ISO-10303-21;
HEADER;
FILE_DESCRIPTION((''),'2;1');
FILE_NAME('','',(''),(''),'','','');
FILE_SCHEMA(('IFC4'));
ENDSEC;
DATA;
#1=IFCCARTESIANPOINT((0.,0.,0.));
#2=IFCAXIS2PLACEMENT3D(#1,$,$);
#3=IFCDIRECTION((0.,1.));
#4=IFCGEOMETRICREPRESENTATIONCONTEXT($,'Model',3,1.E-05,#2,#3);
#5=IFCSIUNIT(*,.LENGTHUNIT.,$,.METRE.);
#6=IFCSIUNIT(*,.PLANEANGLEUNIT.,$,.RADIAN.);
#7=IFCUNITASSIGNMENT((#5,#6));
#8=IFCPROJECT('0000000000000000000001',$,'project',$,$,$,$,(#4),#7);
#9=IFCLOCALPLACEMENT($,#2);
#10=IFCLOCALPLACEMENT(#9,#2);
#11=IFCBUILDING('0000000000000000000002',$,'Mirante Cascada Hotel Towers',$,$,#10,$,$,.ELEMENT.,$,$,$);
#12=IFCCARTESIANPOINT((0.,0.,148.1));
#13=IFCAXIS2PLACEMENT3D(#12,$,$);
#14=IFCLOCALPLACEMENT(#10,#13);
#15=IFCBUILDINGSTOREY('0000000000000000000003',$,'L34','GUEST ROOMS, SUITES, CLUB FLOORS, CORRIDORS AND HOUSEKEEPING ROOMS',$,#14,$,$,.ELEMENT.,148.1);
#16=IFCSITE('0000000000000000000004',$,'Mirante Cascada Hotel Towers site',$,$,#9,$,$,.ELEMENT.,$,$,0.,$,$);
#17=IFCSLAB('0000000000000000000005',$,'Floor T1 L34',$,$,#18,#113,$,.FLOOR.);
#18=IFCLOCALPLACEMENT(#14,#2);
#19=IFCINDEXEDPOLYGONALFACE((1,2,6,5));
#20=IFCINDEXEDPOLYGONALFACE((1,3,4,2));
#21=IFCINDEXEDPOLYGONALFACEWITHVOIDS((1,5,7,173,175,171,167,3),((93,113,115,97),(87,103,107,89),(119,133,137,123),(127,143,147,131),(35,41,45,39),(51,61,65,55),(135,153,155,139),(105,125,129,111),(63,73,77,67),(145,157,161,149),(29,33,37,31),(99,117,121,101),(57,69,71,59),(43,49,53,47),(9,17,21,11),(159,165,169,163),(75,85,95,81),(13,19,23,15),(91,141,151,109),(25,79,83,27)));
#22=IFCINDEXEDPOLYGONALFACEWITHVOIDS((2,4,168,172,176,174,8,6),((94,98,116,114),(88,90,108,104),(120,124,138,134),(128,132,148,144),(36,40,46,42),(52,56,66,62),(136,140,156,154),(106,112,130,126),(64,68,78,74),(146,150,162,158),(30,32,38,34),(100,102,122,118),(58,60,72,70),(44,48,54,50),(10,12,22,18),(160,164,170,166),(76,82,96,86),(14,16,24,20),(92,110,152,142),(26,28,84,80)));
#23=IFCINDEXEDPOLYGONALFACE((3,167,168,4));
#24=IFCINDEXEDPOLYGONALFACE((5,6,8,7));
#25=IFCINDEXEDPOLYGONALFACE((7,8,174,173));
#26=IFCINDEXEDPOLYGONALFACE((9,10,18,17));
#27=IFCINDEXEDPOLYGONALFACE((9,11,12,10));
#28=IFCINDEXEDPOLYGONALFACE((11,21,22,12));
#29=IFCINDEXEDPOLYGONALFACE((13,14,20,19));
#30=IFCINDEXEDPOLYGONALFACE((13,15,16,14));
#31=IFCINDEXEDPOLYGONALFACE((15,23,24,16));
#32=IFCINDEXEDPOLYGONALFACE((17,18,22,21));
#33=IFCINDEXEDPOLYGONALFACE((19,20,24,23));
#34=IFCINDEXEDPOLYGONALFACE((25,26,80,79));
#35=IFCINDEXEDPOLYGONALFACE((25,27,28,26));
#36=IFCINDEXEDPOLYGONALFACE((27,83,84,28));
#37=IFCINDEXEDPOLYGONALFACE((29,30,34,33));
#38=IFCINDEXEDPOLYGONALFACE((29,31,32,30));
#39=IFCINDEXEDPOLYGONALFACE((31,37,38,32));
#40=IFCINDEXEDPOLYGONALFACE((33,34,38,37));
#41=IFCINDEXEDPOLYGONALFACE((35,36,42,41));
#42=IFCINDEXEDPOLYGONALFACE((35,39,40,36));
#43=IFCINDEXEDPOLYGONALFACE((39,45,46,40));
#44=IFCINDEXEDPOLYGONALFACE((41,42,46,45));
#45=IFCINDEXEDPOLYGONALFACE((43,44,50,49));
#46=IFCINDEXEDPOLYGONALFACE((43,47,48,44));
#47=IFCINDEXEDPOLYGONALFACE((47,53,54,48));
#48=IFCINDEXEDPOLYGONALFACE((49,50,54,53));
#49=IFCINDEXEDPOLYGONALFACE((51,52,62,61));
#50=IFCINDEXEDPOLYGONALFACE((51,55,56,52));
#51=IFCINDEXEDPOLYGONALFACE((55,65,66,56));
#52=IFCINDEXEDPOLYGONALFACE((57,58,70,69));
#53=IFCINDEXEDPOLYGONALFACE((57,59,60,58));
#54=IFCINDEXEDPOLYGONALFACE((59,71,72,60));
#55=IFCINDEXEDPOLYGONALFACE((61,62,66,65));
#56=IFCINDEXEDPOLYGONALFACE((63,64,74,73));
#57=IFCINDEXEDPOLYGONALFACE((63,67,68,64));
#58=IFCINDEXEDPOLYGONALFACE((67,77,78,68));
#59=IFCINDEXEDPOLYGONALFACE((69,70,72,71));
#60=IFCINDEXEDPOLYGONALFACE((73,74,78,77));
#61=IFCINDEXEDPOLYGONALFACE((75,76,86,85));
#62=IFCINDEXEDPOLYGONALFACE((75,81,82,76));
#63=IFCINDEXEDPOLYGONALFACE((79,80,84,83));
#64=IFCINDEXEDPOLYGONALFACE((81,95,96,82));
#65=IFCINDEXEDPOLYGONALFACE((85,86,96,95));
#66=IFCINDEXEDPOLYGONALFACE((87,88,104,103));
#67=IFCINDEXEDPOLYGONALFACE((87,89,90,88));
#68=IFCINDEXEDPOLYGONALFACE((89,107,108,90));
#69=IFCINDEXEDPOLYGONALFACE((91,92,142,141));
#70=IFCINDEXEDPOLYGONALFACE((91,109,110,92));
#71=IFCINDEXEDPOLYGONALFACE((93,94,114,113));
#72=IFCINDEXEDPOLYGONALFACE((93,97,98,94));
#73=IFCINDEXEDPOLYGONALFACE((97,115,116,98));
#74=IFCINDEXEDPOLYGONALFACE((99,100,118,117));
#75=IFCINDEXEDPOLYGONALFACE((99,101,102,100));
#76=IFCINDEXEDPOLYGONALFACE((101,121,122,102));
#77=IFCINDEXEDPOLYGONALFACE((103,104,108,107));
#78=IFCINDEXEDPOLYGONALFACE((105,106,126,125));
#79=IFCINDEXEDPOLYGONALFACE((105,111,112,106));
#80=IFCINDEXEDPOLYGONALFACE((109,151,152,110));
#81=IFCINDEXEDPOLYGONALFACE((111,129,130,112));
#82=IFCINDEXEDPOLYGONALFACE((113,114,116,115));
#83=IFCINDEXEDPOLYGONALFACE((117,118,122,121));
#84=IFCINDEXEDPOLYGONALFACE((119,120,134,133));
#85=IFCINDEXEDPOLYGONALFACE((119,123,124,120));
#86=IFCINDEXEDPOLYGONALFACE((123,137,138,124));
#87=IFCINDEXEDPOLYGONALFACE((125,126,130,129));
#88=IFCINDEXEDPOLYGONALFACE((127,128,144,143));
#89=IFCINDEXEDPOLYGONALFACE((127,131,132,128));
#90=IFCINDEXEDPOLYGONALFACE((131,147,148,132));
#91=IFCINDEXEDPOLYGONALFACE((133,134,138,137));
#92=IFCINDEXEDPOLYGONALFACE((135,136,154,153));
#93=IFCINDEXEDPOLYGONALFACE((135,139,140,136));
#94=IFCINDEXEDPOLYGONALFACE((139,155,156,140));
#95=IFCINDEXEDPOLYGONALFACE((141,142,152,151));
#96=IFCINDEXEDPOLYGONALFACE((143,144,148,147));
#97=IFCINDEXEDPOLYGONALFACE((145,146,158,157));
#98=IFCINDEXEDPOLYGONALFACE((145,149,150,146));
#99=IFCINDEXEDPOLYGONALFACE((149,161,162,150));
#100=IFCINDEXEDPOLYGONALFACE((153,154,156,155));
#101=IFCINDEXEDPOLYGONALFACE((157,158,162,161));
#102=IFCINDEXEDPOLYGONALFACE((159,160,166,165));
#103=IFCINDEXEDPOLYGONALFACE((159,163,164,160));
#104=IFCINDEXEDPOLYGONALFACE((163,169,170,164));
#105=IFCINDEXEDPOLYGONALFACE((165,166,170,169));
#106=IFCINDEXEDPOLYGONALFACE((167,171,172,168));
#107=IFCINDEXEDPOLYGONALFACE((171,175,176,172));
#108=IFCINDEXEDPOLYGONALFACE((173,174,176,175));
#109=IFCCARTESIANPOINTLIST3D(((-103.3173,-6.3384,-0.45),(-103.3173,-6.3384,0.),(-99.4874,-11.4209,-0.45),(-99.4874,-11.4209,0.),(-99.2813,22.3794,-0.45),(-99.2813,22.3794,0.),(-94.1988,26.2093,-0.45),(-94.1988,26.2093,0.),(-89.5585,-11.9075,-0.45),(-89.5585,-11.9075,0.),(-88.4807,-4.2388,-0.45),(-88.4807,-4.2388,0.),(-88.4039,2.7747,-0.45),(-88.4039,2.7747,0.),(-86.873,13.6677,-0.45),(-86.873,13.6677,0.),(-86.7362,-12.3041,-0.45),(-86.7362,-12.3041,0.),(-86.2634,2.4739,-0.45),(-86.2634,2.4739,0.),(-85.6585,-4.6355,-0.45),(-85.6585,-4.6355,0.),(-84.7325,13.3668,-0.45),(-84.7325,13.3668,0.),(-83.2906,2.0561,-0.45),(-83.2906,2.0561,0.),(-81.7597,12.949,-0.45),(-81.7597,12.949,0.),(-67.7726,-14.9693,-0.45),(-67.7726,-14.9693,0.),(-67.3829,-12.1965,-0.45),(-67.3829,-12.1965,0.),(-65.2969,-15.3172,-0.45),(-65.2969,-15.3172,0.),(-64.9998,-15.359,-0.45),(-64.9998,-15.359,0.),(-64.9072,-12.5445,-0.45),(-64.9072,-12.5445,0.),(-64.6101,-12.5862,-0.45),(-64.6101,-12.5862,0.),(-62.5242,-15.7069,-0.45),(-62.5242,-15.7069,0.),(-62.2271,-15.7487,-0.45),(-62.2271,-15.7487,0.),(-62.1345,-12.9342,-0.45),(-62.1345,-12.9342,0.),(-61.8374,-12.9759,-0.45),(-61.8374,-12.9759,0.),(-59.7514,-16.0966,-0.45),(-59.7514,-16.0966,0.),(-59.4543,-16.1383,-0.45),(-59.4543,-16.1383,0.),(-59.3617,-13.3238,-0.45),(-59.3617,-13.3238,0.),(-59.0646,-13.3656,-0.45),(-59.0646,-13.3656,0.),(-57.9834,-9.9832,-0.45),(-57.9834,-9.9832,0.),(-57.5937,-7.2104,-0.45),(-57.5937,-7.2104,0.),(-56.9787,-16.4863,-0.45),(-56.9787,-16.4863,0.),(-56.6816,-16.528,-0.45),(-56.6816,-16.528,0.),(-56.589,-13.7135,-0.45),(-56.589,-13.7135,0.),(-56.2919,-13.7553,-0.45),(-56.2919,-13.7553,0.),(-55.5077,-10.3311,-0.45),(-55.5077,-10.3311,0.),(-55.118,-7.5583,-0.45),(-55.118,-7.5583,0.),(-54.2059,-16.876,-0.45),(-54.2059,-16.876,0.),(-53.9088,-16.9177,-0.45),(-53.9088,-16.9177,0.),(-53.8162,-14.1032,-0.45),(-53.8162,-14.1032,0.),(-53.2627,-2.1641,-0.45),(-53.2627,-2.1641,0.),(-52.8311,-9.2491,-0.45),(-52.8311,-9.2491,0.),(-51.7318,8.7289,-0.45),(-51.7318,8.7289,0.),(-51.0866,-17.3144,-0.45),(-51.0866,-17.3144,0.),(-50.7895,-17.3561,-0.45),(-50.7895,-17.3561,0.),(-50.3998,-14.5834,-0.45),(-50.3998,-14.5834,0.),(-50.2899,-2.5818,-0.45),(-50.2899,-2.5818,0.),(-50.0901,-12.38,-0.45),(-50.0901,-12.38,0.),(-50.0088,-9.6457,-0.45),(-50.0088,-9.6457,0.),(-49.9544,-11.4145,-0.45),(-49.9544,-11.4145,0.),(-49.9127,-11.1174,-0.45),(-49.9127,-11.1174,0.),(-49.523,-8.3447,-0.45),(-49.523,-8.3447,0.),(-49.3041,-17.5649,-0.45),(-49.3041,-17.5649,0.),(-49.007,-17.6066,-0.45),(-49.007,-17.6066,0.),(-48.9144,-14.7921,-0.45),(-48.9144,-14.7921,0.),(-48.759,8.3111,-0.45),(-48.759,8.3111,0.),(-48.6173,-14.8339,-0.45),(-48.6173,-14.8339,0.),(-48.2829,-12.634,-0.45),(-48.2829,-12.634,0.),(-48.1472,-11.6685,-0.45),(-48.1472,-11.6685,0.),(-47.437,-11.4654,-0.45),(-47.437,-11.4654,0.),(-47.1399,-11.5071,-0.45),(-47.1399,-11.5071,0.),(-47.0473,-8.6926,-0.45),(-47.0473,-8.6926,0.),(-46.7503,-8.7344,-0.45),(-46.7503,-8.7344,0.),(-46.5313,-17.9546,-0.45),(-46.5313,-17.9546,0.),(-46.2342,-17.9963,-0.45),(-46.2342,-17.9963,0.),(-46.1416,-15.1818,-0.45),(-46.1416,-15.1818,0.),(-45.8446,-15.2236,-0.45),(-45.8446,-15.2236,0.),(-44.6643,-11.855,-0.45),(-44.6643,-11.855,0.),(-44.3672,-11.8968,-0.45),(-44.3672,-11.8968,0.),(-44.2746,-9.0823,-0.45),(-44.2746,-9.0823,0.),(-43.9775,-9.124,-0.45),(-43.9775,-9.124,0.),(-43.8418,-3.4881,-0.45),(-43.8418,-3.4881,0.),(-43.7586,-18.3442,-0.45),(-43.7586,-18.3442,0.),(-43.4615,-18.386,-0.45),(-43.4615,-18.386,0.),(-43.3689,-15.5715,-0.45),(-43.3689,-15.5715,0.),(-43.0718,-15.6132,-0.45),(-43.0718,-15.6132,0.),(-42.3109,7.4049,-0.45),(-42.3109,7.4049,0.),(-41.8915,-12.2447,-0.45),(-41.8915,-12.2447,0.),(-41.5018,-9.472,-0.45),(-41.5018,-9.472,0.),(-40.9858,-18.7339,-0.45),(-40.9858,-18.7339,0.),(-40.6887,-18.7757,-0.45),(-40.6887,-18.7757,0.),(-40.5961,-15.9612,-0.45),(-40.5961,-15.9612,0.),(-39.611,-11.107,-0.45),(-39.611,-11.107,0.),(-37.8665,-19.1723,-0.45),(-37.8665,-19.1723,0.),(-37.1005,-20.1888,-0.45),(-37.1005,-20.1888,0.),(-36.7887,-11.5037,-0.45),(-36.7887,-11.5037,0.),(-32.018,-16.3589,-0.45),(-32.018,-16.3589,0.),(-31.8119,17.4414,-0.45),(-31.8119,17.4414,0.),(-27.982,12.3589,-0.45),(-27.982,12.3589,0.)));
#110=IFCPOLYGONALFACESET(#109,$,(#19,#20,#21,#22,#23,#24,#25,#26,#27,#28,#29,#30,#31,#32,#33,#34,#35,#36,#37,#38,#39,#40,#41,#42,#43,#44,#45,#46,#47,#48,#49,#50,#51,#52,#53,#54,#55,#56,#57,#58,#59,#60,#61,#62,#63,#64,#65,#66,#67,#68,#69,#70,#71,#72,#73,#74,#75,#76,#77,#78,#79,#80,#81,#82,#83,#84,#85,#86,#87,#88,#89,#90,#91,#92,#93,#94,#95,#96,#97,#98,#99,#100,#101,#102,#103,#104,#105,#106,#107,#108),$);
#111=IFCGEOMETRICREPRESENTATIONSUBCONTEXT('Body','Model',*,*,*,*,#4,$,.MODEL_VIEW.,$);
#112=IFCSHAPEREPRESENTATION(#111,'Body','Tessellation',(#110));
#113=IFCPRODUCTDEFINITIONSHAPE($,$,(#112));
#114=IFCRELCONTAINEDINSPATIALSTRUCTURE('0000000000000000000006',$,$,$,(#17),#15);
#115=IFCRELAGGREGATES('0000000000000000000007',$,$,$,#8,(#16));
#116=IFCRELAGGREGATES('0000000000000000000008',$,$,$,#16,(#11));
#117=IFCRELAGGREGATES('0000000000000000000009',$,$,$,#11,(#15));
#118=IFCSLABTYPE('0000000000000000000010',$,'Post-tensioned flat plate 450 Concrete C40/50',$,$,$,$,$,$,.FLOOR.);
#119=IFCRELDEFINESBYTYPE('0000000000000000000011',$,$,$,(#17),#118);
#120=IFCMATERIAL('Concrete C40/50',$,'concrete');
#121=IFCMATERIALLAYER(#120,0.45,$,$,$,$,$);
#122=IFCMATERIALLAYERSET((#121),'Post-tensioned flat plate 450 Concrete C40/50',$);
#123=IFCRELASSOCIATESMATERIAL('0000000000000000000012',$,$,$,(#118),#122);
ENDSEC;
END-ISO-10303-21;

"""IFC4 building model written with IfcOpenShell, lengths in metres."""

from ifc_helpers import new_model, si_unit, direction, frame, origin, place, context, subcontext, project, spatial, polyline, outline, extrude, material, layer, layer_set, type_object, element, save


model = new_model("IFC4")

# Units and contexts
model_context = context("Model", 3, precision=1e-05, world=origin(), true_north=direction((0.0, 1.0)))
body_context = subcontext(model_context, "Body", "Model", "MODEL_VIEW")
ifc_project = project(units=[si_unit("LENGTHUNIT", "METRE"), si_unit("PLANEANGLEUNIT", "RADIAN")], contexts=[model_context])

# Site, building, storey
site_placement = place(None, origin())
site = spatial("IfcSite", under=ifc_project, at=site_placement, Name="Mirante Cascada Hotel Towers site", CompositionType="ELEMENT", RefElevation=0.0)
building_placement = place(site_placement, origin())
building = spatial("IfcBuilding", under=site, at=building_placement, Name="Mirante Cascada Hotel Towers", CompositionType="ELEMENT")
storey_placement = place(building_placement, frame((0.0, 0.0, 148.1)))
storey = spatial("IfcBuildingStorey", under=building, at=storey_placement, Name="L34", Description="GUEST ROOMS, SUITES, CLUB FLOORS, CORRIDORS AND HOUSEKEEPING ROOMS", CompositionType="ELEMENT", Elevation=148.1)

# Slab
ifc_material_1 = material(Name="Concrete C40/50", Category="concrete")
ifc_layer_1 = layer(ifc_material_1, 0.45)
ifc_layer_set_1 = layer_set([ifc_layer_1], Name="Post-tensioned flat plate 450 Concrete C40/50")
slab_type = type_object("IfcSlabType", Name="Post-tensioned flat plate 450 Concrete C40/50", PredefinedType="FLOOR", material=ifc_layer_set_1)
slab_1_placement = place(storey_placement, frame((0.0, 0.0, -0.45)))
element("IfcSlab", 1, at=slab_1_placement, inside=storey, type_object=slab_type, Name="Floor T1 L34", PredefinedType="FLOOR", context=body_context, shape_type="SweptSolid", body=[
    extrude(outline(polyline([(-32.018, -16.3589), (-27.982, 12.3589), (-31.8119, 17.4414), (-94.1988, 26.2093), (-99.2813, 22.3794), (-103.3173, -6.3384), (-99.4874, -11.4209), (-37.1005, -20.1888), (-32.018, -16.3589)]), holes=[polyline([(-43.0718, -15.6132), (-40.5961, -15.9612), (-40.9858, -18.7339), (-43.4615, -18.386), (-43.0718, -15.6132)]), polyline([(-45.8446, -15.2236), (-43.3689, -15.5715), (-43.7586, -18.3442), (-46.2342, -17.9963), (-45.8446, -15.2236)]), polyline([(-48.6173, -14.8339), (-46.1416, -15.1818), (-46.5313, -17.9546), (-49.007, -17.6066), (-48.6173, -14.8339)]), polyline([(-50.3998, -14.5834), (-48.9144, -14.7921), (-49.3041, -17.5649), (-50.7895, -17.3561), (-50.3998, -14.5834)]), polyline([(-36.7887, -11.5037), (-37.8665, -19.1723), (-40.6887, -18.7757), (-39.611, -11.107), (-36.7887, -11.5037)]), polyline([(-49.9544, -11.4145), (-48.1472, -11.6685), (-48.2829, -12.634), (-50.0901, -12.38), (-49.9544, -11.4145)]), polyline([(-43.9775, -9.124), (-41.5018, -9.472), (-41.8915, -12.2447), (-44.3672, -11.8968), (-43.9775, -9.124)]), polyline([(-47.1399, -11.5071), (-46.7503, -8.7344), (-44.2746, -9.0823), (-44.6643, -11.855), (-47.1399, -11.5071)]), polyline([(-49.9127, -11.1174), (-49.523, -8.3447), (-47.0473, -8.6926), (-47.437, -11.4654), (-49.9127, -11.1174)]), polyline([(-56.2919, -13.7553), (-53.8162, -14.1032), (-54.2059, -16.876), (-56.6816, -16.528), (-56.2919, -13.7553)]), polyline([(-59.0646, -13.3656), (-56.589, -13.7135), (-56.9787, -16.4863), (-59.4543, -16.1383), (-59.0646, -13.3656)]), polyline([(-61.8374, -12.9759), (-59.3617, -13.3238), (-59.7514, -16.0966), (-62.2271, -15.7487), (-61.8374, -12.9759)]), polyline([(-64.6101, -12.5862), (-62.1345, -12.9342), (-62.5242, -15.7069), (-64.9998, -15.359), (-64.6101, -12.5862)]), polyline([(-67.3829, -12.1965), (-64.9072, -12.5445), (-65.2969, -15.3172), (-67.7726, -14.9693), (-67.3829, -12.1965)]), polyline([(-50.0088, -9.6457), (-51.0866, -17.3144), (-53.9088, -16.9177), (-52.8311, -9.2491), (-50.0088, -9.6457)]), polyline([(-85.6585, -4.6355), (-86.7362, -12.3041), (-89.5585, -11.9075), (-88.4807, -4.2388), (-85.6585, -4.6355)]), polyline([(-57.9834, -9.9832), (-57.5937, -7.2104), (-55.118, -7.5583), (-55.5077, -10.3311), (-57.9834, -9.9832)]), polyline([(-86.873, 13.6677), (-84.7325, 13.3668), (-84.7325, 13.3668), (-86.2634, 2.4739), (-86.2634, 2.4739), (-88.4039, 2.7747), (-86.873, 13.6677)]), polyline([(-51.7318, 8.7289), (-53.2627, -2.1641), (-53.2627, -2.1641), (-83.2906, 2.0561), (-83.2906, 2.0561), (-81.7597, 12.949), (-81.7597, 12.949), (-51.7318, 8.7289)]), polyline([(-42.3109, 7.4049), (-43.8418, -3.4881), (-50.2899, -2.5818), (-50.2899, -2.5818), (-48.759, 8.3111), (-42.3109, 7.4049)])]), origin(), (0.0, 0.0, 1.0), 0.45),
])

save(model, "model.ifc")
